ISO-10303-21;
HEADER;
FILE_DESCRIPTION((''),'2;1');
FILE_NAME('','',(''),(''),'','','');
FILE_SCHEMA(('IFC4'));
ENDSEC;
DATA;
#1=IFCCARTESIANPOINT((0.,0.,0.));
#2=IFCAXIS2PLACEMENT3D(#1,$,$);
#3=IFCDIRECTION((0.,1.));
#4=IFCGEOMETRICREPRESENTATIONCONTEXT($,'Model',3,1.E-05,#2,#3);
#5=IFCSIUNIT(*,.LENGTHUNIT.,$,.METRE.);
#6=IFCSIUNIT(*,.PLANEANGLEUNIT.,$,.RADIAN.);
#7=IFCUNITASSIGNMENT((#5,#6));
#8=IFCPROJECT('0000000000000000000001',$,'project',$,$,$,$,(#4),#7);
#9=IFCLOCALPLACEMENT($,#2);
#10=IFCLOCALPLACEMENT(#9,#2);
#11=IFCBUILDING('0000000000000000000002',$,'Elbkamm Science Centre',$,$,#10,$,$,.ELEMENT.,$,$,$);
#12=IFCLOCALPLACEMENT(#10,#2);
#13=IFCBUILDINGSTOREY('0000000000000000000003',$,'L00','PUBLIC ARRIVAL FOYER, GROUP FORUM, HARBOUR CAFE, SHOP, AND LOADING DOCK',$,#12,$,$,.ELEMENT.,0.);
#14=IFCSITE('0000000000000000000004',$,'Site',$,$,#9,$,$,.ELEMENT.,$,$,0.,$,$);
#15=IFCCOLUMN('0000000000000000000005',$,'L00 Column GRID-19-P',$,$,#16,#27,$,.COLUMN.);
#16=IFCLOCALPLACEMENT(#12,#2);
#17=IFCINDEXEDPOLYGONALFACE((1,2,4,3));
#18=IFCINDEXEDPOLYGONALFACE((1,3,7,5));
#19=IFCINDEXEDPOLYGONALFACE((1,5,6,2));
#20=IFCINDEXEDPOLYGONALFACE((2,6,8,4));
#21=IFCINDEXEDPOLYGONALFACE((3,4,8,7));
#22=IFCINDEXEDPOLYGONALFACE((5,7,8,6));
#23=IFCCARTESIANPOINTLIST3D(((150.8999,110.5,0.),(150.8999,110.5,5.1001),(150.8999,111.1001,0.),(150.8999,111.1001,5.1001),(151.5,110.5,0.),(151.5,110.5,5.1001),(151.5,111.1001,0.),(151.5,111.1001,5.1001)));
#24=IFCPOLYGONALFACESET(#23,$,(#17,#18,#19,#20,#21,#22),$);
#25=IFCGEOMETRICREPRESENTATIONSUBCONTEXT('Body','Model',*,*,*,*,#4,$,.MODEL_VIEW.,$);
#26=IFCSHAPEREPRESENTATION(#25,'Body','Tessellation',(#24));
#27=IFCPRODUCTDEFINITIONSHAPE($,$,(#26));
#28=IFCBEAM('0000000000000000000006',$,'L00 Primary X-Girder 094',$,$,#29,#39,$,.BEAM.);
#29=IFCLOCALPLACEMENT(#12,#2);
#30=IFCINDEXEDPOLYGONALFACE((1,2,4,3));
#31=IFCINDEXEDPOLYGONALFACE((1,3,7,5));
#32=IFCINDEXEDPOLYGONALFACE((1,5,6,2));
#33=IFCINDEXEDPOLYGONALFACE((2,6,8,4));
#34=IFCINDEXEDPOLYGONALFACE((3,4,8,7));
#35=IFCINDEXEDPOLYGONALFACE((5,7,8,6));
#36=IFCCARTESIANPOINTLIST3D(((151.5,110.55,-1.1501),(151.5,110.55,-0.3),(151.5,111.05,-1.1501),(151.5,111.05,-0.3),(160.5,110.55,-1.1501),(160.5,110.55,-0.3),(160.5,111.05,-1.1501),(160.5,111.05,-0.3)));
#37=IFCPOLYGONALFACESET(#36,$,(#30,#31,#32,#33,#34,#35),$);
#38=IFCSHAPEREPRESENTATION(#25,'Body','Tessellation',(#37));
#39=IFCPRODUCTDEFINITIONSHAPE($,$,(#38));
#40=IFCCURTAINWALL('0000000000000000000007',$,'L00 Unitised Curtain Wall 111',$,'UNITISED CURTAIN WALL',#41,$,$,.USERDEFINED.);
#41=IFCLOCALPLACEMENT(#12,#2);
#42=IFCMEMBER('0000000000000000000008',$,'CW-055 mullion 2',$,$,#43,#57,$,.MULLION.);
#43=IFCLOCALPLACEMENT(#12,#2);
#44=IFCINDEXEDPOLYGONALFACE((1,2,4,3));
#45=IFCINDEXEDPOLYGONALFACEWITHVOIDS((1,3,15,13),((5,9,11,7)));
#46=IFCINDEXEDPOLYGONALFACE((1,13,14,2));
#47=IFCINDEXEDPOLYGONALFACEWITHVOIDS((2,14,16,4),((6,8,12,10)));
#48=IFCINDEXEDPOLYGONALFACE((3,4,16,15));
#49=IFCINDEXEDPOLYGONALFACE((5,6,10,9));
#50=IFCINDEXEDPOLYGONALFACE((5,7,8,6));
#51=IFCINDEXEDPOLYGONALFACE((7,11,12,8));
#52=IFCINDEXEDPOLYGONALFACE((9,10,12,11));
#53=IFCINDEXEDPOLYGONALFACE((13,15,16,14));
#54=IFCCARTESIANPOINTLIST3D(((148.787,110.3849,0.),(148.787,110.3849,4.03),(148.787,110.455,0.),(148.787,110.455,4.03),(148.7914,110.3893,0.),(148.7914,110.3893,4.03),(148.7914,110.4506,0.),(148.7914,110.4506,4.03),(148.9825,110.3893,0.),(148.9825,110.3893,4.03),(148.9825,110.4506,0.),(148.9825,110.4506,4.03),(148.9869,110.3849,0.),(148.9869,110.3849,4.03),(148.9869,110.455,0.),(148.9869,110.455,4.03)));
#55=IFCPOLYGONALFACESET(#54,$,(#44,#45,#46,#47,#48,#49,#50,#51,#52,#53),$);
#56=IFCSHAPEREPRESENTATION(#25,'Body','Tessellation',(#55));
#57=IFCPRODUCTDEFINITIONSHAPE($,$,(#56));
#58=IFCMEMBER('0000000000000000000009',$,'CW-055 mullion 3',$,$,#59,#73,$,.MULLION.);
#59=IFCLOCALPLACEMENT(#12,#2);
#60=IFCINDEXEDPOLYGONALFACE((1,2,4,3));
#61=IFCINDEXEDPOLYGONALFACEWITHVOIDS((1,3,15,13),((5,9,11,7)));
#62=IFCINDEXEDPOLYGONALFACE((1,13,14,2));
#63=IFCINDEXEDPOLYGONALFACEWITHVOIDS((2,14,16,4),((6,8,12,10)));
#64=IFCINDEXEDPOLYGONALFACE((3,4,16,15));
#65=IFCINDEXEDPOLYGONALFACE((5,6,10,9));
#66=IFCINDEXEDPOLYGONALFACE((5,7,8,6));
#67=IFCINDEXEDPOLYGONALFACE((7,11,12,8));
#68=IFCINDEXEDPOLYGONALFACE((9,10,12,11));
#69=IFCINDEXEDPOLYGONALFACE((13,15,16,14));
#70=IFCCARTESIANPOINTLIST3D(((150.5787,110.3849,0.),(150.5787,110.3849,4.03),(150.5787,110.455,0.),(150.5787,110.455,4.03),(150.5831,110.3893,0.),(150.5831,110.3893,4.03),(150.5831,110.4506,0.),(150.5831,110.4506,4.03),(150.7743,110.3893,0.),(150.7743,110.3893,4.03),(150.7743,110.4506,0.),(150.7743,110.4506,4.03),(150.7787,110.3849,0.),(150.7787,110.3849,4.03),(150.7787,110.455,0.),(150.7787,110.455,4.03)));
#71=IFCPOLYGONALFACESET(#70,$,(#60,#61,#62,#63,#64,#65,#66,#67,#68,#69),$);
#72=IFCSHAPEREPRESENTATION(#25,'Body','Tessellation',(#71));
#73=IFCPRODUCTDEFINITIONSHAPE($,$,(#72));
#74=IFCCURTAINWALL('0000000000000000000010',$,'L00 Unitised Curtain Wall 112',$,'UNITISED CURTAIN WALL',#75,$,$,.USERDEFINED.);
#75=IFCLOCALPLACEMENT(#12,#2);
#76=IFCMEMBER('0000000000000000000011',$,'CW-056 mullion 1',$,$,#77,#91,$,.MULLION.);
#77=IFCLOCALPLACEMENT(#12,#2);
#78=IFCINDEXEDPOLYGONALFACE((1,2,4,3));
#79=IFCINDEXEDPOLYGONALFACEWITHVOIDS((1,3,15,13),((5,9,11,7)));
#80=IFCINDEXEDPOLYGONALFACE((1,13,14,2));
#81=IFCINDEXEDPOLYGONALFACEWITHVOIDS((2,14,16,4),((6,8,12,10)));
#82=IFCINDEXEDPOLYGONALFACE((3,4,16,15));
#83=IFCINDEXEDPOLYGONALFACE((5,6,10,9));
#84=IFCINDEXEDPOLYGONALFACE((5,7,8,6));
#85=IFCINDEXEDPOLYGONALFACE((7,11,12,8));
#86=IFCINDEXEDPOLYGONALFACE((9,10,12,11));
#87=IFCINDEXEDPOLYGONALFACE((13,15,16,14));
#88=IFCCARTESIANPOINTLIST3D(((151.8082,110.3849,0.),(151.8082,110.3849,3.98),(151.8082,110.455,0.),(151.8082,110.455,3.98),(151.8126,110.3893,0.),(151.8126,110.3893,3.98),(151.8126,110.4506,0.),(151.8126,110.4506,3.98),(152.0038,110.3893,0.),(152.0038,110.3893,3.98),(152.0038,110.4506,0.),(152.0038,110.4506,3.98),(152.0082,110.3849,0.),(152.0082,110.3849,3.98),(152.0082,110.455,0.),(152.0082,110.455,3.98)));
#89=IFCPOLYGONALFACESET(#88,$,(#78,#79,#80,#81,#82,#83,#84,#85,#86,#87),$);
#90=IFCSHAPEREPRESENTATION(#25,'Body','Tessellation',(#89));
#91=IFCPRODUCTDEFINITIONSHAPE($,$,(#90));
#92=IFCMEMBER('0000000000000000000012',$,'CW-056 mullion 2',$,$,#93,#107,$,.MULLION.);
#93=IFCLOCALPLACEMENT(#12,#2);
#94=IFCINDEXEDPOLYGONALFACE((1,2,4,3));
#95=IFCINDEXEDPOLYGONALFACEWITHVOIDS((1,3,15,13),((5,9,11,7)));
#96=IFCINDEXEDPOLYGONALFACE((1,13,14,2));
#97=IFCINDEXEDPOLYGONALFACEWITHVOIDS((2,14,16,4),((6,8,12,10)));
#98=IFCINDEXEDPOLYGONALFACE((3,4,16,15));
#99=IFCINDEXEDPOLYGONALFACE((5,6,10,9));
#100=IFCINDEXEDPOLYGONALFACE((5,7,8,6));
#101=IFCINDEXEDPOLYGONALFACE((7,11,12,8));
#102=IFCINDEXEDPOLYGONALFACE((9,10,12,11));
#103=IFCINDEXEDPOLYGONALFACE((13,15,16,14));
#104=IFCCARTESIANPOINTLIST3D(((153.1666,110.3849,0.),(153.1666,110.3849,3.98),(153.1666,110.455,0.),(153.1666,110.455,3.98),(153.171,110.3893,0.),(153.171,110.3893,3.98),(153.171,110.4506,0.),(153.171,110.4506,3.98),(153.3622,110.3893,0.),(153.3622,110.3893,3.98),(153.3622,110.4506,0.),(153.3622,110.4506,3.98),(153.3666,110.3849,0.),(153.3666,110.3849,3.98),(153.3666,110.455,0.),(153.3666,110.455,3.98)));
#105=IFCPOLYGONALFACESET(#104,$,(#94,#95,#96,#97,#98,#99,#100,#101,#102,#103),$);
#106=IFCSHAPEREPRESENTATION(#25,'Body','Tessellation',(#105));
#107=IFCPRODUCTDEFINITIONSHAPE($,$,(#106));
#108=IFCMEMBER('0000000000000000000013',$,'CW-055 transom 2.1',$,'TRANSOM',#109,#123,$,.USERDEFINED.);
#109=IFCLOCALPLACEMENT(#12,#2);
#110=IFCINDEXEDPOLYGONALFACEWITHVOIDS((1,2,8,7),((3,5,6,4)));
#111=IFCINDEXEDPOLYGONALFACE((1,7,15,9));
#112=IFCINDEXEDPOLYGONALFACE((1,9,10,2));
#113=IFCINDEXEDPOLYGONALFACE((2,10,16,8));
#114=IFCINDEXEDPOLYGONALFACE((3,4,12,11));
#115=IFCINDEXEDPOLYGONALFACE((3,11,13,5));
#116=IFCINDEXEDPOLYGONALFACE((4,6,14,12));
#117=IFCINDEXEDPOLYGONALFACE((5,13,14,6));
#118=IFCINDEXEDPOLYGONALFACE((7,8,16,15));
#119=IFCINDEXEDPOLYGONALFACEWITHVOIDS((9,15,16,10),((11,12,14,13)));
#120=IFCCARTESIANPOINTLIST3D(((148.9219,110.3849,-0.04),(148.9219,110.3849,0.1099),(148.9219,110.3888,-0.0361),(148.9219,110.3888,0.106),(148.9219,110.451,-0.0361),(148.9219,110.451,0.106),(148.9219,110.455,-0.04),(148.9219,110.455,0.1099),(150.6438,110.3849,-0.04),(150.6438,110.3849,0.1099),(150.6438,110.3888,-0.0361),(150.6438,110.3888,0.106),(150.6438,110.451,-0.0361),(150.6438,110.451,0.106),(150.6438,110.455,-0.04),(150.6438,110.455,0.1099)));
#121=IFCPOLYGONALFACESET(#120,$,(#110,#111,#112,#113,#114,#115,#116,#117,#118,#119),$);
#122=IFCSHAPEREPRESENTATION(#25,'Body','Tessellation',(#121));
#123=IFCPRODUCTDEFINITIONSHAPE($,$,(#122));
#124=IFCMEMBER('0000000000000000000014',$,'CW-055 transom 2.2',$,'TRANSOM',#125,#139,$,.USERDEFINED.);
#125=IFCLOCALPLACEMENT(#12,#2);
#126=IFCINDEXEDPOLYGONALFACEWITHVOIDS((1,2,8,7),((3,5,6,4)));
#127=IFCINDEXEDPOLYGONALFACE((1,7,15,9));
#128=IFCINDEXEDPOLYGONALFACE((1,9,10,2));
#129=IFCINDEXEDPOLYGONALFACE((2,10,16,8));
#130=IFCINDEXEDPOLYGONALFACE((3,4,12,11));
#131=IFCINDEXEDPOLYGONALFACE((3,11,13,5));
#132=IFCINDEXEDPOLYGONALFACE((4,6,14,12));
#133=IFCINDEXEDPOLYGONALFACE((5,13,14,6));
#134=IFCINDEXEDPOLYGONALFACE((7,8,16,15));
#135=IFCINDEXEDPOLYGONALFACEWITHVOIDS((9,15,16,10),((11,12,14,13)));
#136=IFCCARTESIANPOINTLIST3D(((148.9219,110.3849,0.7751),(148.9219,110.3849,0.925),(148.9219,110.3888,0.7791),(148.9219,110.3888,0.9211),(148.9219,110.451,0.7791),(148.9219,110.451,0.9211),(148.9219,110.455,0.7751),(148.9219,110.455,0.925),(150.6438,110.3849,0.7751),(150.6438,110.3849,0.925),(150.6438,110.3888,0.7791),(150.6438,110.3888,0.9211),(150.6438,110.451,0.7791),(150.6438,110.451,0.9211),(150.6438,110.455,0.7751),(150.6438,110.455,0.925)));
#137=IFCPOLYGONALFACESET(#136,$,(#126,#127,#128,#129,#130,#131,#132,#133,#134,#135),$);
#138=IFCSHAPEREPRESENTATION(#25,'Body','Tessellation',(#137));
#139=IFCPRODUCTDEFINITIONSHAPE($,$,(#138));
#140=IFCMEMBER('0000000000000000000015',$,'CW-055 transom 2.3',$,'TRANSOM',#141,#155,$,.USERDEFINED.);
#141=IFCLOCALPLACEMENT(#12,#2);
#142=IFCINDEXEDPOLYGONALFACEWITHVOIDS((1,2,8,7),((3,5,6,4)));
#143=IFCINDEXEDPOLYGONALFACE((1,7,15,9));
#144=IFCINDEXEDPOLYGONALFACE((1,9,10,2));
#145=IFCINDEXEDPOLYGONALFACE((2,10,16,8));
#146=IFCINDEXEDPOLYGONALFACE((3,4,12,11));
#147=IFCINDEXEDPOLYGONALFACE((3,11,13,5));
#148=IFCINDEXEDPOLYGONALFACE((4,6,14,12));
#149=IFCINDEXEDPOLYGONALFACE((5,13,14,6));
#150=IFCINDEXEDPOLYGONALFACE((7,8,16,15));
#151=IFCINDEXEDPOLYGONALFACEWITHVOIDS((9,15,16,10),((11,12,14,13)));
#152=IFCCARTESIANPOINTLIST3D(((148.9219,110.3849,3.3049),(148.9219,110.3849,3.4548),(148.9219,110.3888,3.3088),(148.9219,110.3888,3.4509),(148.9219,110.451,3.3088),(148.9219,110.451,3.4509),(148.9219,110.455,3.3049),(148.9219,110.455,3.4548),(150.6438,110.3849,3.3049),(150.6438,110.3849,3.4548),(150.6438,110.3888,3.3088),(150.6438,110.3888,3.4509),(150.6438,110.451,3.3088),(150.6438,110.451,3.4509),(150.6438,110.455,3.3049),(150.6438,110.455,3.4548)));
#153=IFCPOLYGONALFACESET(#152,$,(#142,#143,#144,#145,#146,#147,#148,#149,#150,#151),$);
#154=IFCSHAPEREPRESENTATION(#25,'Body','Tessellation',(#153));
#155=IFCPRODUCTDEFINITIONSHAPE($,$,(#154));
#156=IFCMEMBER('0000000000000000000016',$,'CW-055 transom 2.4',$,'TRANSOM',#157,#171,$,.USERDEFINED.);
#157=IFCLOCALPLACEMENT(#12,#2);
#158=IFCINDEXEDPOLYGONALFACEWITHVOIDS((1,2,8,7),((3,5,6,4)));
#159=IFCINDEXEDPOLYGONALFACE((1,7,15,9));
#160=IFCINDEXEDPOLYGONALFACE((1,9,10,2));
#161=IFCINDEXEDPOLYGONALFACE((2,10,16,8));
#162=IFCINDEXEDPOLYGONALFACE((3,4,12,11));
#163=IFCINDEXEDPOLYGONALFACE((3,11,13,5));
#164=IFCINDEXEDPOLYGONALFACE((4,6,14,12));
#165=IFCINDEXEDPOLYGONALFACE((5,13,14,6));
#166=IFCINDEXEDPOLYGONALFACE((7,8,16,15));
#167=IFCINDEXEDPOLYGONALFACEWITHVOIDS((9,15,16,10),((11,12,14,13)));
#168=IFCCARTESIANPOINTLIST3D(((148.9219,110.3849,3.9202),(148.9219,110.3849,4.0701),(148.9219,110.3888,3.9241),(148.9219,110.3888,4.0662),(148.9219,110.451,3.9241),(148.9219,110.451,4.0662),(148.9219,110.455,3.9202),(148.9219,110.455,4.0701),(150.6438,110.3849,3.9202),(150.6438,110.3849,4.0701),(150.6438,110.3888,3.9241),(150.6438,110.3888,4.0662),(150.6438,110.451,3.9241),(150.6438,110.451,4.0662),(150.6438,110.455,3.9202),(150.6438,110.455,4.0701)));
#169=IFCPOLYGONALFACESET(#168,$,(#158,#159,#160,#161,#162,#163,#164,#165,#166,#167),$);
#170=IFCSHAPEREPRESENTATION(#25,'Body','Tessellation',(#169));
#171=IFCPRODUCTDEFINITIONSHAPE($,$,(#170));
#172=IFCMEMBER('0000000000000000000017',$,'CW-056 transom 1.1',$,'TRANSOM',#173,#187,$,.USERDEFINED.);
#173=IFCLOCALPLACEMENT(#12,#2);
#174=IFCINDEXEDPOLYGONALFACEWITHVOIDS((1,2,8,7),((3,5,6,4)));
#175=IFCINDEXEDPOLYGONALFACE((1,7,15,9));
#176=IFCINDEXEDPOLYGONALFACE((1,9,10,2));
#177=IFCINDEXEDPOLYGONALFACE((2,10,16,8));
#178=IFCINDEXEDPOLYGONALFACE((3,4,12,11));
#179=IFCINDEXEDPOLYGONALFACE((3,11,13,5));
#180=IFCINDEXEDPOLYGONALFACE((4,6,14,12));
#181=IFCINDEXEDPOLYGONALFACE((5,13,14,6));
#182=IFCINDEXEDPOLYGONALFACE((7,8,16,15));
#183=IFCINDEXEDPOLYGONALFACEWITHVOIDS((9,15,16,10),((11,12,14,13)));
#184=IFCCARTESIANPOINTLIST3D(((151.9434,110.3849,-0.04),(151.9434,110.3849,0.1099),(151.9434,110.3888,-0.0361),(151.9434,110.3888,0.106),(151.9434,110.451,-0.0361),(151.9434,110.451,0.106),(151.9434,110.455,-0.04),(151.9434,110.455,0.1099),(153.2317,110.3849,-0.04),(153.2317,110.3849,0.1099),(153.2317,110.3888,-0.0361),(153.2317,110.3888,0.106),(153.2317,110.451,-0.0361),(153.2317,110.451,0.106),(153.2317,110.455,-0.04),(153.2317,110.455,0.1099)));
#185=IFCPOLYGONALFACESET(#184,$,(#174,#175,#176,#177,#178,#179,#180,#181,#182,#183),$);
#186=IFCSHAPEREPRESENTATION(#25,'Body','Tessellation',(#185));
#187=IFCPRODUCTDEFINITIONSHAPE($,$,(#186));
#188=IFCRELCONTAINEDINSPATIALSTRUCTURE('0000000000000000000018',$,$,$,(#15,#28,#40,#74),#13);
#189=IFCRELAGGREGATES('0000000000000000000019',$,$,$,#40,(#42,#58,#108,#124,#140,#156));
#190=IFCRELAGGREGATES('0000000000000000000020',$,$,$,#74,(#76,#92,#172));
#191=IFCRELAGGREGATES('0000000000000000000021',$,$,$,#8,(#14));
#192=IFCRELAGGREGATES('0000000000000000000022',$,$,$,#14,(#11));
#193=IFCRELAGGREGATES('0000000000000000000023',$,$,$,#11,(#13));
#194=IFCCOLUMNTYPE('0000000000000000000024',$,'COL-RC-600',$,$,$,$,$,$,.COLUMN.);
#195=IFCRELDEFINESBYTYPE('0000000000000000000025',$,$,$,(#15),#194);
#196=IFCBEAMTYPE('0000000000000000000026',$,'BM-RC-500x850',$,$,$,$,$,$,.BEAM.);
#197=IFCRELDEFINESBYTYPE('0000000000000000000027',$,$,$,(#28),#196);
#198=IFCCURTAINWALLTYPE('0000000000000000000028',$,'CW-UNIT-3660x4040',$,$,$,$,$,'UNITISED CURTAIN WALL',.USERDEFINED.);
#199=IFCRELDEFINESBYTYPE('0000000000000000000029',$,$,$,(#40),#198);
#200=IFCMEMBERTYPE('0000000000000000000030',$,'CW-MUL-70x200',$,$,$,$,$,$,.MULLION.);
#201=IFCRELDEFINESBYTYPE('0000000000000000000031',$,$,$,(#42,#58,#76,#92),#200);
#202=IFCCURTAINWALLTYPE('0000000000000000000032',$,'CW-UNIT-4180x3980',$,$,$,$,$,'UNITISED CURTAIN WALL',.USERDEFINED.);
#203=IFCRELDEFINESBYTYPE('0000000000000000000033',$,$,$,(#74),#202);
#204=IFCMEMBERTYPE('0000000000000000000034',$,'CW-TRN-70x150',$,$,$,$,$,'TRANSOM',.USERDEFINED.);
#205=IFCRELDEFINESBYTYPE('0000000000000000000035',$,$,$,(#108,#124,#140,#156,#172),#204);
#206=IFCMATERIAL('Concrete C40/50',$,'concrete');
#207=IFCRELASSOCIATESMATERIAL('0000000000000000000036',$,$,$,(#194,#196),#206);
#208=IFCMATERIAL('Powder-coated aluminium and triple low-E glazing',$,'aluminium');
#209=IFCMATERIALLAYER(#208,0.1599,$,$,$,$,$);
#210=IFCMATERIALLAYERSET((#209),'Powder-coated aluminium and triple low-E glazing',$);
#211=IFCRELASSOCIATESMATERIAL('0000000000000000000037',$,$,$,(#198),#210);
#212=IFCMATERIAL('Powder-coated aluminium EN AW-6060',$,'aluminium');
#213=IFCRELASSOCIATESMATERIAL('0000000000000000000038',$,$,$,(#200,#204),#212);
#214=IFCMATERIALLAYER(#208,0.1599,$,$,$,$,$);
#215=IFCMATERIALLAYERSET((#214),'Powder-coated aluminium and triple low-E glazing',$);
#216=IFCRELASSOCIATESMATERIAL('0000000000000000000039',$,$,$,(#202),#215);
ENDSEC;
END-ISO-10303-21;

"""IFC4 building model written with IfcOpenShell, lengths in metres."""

from ifc_helpers import new_model, si_unit, direction, frame, origin, origin_2d, place, context, subcontext, project, spatial, rectangle, hollow_rectangle, extrude, material, layer, layer_set, material_profile, profile_set, type_object, element, aggregate, save


model = new_model("IFC4")

# Units and contexts
model_context = context("Model", 3, precision=1e-05, world=origin(), true_north=direction((0.0, 1.0)))
body_context = subcontext(model_context, "Body", "Model", "MODEL_VIEW")
ifc_project = project(units=[si_unit("LENGTHUNIT", "METRE"), si_unit("PLANEANGLEUNIT", "RADIAN")], contexts=[model_context])

# Site, building, storey
site_placement = place(None, origin())
site = spatial("IfcSite", under=ifc_project, at=site_placement, Name="Site", CompositionType="ELEMENT", RefElevation=0.0)
building_placement = place(site_placement, origin())
building = spatial("IfcBuilding", under=site, at=building_placement, Name="Elbkamm Science Centre", CompositionType="ELEMENT")
storey_placement = place(building_placement, origin())
storey = spatial("IfcBuildingStorey", under=building, at=storey_placement, Name="L00", Description="PUBLIC ARRIVAL FOYER, GROUP FORUM, HARBOUR CAFE, SHOP, AND LOADING DOCK", CompositionType="ELEMENT", Elevation=0.0)

# Column
ifc_material_1 = material(Name="Concrete C40/50", Category="concrete")
ifc_material_profile_1 = material_profile(ifc_material_1, rectangle(XDim=0.6001, YDim=0.6001, at=origin_2d()), Name="RC 600x600")
ifc_profile_set_1 = profile_set([ifc_material_profile_1], Name="Concrete C40/50")
column_type = type_object("IfcColumnType", Name="COL-RC-600", PredefinedType="COLUMN", material=ifc_profile_set_1)
column_placement = place(storey_placement, frame((151.2, 110.8, 0.0), z_axis=(0.0, 0.0, 1.0), x_axis=(1.0, 0.0, 0.0)))
element("IfcColumn", 1, at=column_placement, inside=storey, type_object=column_type, Name="L00 Column GRID-19-P", PredefinedType="COLUMN", context=body_context, shape_type="SweptSolid", body=[
    extrude(rectangle(XDim=0.6001, YDim=0.6001, at=origin_2d()), origin(), (0.0, 0.0, 1.0), 5.1001),
])

# Beam
ifc_material_profile_2 = material_profile(ifc_material_1, rectangle(XDim=0.5, YDim=0.8501, at=origin_2d()), Name="RC 500x850")
ifc_profile_set_2 = profile_set([ifc_material_profile_2], Name="Concrete C40/50")
beam_type_1 = type_object("IfcBeamType", Name="BM-RC-500x850", PredefinedType="BEAM", material=ifc_profile_set_2)
beam_placement = place(storey_placement, frame((151.5, 110.8, -0.7251), z_axis=(1.0, 0.0, 0.0), x_axis=(0.0, 1.0, 0.0)))
element("IfcBeam", 2, at=beam_placement, inside=storey, type_object=beam_type_1, Name="L00 Primary X-Girder 094", PredefinedType="BEAM", context=body_context, shape_type="SweptSolid", body=[
    extrude(rectangle(XDim=0.5, YDim=0.8501, at=origin_2d()), origin(), (0.0, 0.0, 1.0), 9.0),
])

# Curtain walls, members
ifc_material_2 = material(Name="Powder-coated aluminium and triple low-E glazing", Category="aluminium")
ifc_layer_1 = layer(ifc_material_2, 0.1599)
ifc_layer_set_1 = layer_set([ifc_layer_1], Name="Powder-coated aluminium and triple low-E glazing")
curtain_wall_type_1 = type_object("IfcCurtainWallType", Name="CW-UNIT-3660x4040", ElementType="UNITISED CURTAIN WALL", PredefinedType="USERDEFINED", material=ifc_layer_set_1)
curtain_wall_1_placement = place(storey_placement, origin())
curtain_wall_1 = element("IfcCurtainWall", 3, at=curtain_wall_1_placement, inside=storey, type_object=curtain_wall_type_1, Name="L00 Unitised Curtain Wall 111", ObjectType="UNITISED CURTAIN WALL", PredefinedType="USERDEFINED")
ifc_material_3 = material(Name="Powder-coated aluminium EN AW-6060", Category="aluminium")
ifc_material_profile_3 = material_profile(ifc_material_3, hollow_rectangle(XDim=0.0701, YDim=0.2, WallThickness=0.0044, at=origin_2d()), Name="ALU M70x200")
ifc_profile_set_3 = profile_set([ifc_material_profile_3], Name="Powder-coated aluminium EN AW-6060")
member_type_1 = type_object("IfcMemberType", Name="CW-MUL-70x200", PredefinedType="MULLION", material=ifc_profile_set_3)
member_1_placement = place(storey_placement, frame((148.887, 110.4199, 0.0), z_axis=(0.0, 0.0, 1.0), x_axis=(0.0, 1.0, 0.0)))
member_1 = element("IfcMember", 4, at=member_1_placement, type_object=member_type_1, Name="CW-055 mullion 2", PredefinedType="MULLION", context=body_context, shape_type="SweptSolid", body=[
    extrude(hollow_rectangle(XDim=0.0701, YDim=0.2, WallThickness=0.0044, at=origin_2d()), origin(), (0.0, 0.0, 1.0), 4.03),
])
member_2_placement = place(storey_placement, frame((150.6787, 110.4199, 0.0), z_axis=(0.0, 0.0, 1.0), x_axis=(0.0, 1.0, 0.0)))
member_2 = element("IfcMember", 5, at=member_2_placement, type_object=member_type_1, Name="CW-055 mullion 3", PredefinedType="MULLION", context=body_context, shape_type="SweptSolid", body=[
    extrude(hollow_rectangle(XDim=0.0701, YDim=0.2, WallThickness=0.0044, at=origin_2d()), origin(), (0.0, 0.0, 1.0), 4.03),
])
ifc_layer_2 = layer(ifc_material_2, 0.1599)
ifc_layer_set_2 = layer_set([ifc_layer_2], Name="Powder-coated aluminium and triple low-E glazing")
curtain_wall_type_2 = type_object("IfcCurtainWallType", Name="CW-UNIT-4180x3980", ElementType="UNITISED CURTAIN WALL", PredefinedType="USERDEFINED", material=ifc_layer_set_2)
curtain_wall_2_placement = place(storey_placement, origin())
curtain_wall_2 = element("IfcCurtainWall", 6, at=curtain_wall_2_placement, inside=storey, type_object=curtain_wall_type_2, Name="L00 Unitised Curtain Wall 112", ObjectType="UNITISED CURTAIN WALL", PredefinedType="USERDEFINED")
member_3_placement = place(storey_placement, frame((151.9082, 110.4199, 0.0), z_axis=(0.0, 0.0, 1.0), x_axis=(0.0, 1.0, 0.0)))
member_3 = element("IfcMember", 7, at=member_3_placement, type_object=member_type_1, Name="CW-056 mullion 1", PredefinedType="MULLION", context=body_context, shape_type="SweptSolid", body=[
    extrude(hollow_rectangle(XDim=0.0701, YDim=0.2, WallThickness=0.0044, at=origin_2d()), origin(), (0.0, 0.0, 1.0), 3.98),
])
member_4_placement = place(storey_placement, frame((153.2666, 110.4199, 0.0), z_axis=(0.0, 0.0, 1.0), x_axis=(0.0, 1.0, 0.0)))
member_4 = element("IfcMember", 8, at=member_4_placement, type_object=member_type_1, Name="CW-056 mullion 2", PredefinedType="MULLION", context=body_context, shape_type="SweptSolid", body=[
    extrude(hollow_rectangle(XDim=0.0701, YDim=0.2, WallThickness=0.0044, at=origin_2d()), origin(), (0.0, 0.0, 1.0), 3.98),
])

# Members
ifc_material_profile_4 = material_profile(ifc_material_3, hollow_rectangle(XDim=0.0701, YDim=0.1499, WallThickness=0.0039, at=origin_2d()), Name="ALU T70x150")
ifc_profile_set_4 = profile_set([ifc_material_profile_4], Name="Powder-coated aluminium EN AW-6060")
member_type_2 = type_object("IfcMemberType", Name="CW-TRN-70x150", ElementType="TRANSOM", PredefinedType="USERDEFINED", material=ifc_profile_set_4)
member_5_placement = place(storey_placement, frame((148.9219, 110.4199, 0.0349), z_axis=(1.0, 0.0, 0.0), x_axis=(0.0, 1.0, 0.0)))
member_5 = element("IfcMember", 9, at=member_5_placement, type_object=member_type_2, Name="CW-055 transom 2.1", ObjectType="TRANSOM", PredefinedType="USERDEFINED", context=body_context, shape_type="SweptSolid", body=[
    extrude(hollow_rectangle(XDim=0.0701, YDim=0.1499, WallThickness=0.0039, at=origin_2d()), origin(), (0.0, 0.0, 1.0), 1.7219),
])
member_6_placement = place(storey_placement, frame((148.9219, 110.4199, 0.8501), z_axis=(1.0, 0.0, 0.0), x_axis=(0.0, 1.0, 0.0)))
member_6 = element("IfcMember", 10, at=member_6_placement, type_object=member_type_2, Name="CW-055 transom 2.2", ObjectType="TRANSOM", PredefinedType="USERDEFINED", context=body_context, shape_type="SweptSolid", body=[
    extrude(hollow_rectangle(XDim=0.0701, YDim=0.1499, WallThickness=0.0039, at=origin_2d()), origin(), (0.0, 0.0, 1.0), 1.7219),
])
member_7_placement = place(storey_placement, frame((148.9219, 110.4199, 3.3799), z_axis=(1.0, 0.0, 0.0), x_axis=(0.0, 1.0, 0.0)))
member_7 = element("IfcMember", 11, at=member_7_placement, type_object=member_type_2, Name="CW-055 transom 2.3", ObjectType="TRANSOM", PredefinedType="USERDEFINED", context=body_context, shape_type="SweptSolid", body=[
    extrude(hollow_rectangle(XDim=0.0701, YDim=0.1499, WallThickness=0.0039, at=origin_2d()), origin(), (0.0, 0.0, 1.0), 1.7219),
])
member_8_placement = place(storey_placement, frame((148.9219, 110.4199, 3.9951), z_axis=(1.0, 0.0, 0.0), x_axis=(0.0, 1.0, 0.0)))
member_8 = element("IfcMember", 12, at=member_8_placement, type_object=member_type_2, Name="CW-055 transom 2.4", ObjectType="TRANSOM", PredefinedType="USERDEFINED", context=body_context, shape_type="SweptSolid", body=[
    extrude(hollow_rectangle(XDim=0.0701, YDim=0.1499, WallThickness=0.0039, at=origin_2d()), origin(), (0.0, 0.0, 1.0), 1.7219),
])
member_9_placement = place(storey_placement, frame((151.9434, 110.4199, 0.0349), z_axis=(1.0, 0.0, 0.0), x_axis=(0.0, 1.0, 0.0)))
member_9 = element("IfcMember", 13, at=member_9_placement, type_object=member_type_2, Name="CW-056 transom 1.1", ObjectType="TRANSOM", PredefinedType="USERDEFINED", context=body_context, shape_type="SweptSolid", body=[
    extrude(hollow_rectangle(XDim=0.0701, YDim=0.1499, WallThickness=0.0039, at=origin_2d()), origin(), (0.0, 0.0, 1.0), 1.2883),
])

aggregate(curtain_wall_1, [member_1, member_2, member_5, member_6, member_7, member_8])
aggregate(curtain_wall_2, [member_3, member_4, member_9])

save(model, "model.ifc")
